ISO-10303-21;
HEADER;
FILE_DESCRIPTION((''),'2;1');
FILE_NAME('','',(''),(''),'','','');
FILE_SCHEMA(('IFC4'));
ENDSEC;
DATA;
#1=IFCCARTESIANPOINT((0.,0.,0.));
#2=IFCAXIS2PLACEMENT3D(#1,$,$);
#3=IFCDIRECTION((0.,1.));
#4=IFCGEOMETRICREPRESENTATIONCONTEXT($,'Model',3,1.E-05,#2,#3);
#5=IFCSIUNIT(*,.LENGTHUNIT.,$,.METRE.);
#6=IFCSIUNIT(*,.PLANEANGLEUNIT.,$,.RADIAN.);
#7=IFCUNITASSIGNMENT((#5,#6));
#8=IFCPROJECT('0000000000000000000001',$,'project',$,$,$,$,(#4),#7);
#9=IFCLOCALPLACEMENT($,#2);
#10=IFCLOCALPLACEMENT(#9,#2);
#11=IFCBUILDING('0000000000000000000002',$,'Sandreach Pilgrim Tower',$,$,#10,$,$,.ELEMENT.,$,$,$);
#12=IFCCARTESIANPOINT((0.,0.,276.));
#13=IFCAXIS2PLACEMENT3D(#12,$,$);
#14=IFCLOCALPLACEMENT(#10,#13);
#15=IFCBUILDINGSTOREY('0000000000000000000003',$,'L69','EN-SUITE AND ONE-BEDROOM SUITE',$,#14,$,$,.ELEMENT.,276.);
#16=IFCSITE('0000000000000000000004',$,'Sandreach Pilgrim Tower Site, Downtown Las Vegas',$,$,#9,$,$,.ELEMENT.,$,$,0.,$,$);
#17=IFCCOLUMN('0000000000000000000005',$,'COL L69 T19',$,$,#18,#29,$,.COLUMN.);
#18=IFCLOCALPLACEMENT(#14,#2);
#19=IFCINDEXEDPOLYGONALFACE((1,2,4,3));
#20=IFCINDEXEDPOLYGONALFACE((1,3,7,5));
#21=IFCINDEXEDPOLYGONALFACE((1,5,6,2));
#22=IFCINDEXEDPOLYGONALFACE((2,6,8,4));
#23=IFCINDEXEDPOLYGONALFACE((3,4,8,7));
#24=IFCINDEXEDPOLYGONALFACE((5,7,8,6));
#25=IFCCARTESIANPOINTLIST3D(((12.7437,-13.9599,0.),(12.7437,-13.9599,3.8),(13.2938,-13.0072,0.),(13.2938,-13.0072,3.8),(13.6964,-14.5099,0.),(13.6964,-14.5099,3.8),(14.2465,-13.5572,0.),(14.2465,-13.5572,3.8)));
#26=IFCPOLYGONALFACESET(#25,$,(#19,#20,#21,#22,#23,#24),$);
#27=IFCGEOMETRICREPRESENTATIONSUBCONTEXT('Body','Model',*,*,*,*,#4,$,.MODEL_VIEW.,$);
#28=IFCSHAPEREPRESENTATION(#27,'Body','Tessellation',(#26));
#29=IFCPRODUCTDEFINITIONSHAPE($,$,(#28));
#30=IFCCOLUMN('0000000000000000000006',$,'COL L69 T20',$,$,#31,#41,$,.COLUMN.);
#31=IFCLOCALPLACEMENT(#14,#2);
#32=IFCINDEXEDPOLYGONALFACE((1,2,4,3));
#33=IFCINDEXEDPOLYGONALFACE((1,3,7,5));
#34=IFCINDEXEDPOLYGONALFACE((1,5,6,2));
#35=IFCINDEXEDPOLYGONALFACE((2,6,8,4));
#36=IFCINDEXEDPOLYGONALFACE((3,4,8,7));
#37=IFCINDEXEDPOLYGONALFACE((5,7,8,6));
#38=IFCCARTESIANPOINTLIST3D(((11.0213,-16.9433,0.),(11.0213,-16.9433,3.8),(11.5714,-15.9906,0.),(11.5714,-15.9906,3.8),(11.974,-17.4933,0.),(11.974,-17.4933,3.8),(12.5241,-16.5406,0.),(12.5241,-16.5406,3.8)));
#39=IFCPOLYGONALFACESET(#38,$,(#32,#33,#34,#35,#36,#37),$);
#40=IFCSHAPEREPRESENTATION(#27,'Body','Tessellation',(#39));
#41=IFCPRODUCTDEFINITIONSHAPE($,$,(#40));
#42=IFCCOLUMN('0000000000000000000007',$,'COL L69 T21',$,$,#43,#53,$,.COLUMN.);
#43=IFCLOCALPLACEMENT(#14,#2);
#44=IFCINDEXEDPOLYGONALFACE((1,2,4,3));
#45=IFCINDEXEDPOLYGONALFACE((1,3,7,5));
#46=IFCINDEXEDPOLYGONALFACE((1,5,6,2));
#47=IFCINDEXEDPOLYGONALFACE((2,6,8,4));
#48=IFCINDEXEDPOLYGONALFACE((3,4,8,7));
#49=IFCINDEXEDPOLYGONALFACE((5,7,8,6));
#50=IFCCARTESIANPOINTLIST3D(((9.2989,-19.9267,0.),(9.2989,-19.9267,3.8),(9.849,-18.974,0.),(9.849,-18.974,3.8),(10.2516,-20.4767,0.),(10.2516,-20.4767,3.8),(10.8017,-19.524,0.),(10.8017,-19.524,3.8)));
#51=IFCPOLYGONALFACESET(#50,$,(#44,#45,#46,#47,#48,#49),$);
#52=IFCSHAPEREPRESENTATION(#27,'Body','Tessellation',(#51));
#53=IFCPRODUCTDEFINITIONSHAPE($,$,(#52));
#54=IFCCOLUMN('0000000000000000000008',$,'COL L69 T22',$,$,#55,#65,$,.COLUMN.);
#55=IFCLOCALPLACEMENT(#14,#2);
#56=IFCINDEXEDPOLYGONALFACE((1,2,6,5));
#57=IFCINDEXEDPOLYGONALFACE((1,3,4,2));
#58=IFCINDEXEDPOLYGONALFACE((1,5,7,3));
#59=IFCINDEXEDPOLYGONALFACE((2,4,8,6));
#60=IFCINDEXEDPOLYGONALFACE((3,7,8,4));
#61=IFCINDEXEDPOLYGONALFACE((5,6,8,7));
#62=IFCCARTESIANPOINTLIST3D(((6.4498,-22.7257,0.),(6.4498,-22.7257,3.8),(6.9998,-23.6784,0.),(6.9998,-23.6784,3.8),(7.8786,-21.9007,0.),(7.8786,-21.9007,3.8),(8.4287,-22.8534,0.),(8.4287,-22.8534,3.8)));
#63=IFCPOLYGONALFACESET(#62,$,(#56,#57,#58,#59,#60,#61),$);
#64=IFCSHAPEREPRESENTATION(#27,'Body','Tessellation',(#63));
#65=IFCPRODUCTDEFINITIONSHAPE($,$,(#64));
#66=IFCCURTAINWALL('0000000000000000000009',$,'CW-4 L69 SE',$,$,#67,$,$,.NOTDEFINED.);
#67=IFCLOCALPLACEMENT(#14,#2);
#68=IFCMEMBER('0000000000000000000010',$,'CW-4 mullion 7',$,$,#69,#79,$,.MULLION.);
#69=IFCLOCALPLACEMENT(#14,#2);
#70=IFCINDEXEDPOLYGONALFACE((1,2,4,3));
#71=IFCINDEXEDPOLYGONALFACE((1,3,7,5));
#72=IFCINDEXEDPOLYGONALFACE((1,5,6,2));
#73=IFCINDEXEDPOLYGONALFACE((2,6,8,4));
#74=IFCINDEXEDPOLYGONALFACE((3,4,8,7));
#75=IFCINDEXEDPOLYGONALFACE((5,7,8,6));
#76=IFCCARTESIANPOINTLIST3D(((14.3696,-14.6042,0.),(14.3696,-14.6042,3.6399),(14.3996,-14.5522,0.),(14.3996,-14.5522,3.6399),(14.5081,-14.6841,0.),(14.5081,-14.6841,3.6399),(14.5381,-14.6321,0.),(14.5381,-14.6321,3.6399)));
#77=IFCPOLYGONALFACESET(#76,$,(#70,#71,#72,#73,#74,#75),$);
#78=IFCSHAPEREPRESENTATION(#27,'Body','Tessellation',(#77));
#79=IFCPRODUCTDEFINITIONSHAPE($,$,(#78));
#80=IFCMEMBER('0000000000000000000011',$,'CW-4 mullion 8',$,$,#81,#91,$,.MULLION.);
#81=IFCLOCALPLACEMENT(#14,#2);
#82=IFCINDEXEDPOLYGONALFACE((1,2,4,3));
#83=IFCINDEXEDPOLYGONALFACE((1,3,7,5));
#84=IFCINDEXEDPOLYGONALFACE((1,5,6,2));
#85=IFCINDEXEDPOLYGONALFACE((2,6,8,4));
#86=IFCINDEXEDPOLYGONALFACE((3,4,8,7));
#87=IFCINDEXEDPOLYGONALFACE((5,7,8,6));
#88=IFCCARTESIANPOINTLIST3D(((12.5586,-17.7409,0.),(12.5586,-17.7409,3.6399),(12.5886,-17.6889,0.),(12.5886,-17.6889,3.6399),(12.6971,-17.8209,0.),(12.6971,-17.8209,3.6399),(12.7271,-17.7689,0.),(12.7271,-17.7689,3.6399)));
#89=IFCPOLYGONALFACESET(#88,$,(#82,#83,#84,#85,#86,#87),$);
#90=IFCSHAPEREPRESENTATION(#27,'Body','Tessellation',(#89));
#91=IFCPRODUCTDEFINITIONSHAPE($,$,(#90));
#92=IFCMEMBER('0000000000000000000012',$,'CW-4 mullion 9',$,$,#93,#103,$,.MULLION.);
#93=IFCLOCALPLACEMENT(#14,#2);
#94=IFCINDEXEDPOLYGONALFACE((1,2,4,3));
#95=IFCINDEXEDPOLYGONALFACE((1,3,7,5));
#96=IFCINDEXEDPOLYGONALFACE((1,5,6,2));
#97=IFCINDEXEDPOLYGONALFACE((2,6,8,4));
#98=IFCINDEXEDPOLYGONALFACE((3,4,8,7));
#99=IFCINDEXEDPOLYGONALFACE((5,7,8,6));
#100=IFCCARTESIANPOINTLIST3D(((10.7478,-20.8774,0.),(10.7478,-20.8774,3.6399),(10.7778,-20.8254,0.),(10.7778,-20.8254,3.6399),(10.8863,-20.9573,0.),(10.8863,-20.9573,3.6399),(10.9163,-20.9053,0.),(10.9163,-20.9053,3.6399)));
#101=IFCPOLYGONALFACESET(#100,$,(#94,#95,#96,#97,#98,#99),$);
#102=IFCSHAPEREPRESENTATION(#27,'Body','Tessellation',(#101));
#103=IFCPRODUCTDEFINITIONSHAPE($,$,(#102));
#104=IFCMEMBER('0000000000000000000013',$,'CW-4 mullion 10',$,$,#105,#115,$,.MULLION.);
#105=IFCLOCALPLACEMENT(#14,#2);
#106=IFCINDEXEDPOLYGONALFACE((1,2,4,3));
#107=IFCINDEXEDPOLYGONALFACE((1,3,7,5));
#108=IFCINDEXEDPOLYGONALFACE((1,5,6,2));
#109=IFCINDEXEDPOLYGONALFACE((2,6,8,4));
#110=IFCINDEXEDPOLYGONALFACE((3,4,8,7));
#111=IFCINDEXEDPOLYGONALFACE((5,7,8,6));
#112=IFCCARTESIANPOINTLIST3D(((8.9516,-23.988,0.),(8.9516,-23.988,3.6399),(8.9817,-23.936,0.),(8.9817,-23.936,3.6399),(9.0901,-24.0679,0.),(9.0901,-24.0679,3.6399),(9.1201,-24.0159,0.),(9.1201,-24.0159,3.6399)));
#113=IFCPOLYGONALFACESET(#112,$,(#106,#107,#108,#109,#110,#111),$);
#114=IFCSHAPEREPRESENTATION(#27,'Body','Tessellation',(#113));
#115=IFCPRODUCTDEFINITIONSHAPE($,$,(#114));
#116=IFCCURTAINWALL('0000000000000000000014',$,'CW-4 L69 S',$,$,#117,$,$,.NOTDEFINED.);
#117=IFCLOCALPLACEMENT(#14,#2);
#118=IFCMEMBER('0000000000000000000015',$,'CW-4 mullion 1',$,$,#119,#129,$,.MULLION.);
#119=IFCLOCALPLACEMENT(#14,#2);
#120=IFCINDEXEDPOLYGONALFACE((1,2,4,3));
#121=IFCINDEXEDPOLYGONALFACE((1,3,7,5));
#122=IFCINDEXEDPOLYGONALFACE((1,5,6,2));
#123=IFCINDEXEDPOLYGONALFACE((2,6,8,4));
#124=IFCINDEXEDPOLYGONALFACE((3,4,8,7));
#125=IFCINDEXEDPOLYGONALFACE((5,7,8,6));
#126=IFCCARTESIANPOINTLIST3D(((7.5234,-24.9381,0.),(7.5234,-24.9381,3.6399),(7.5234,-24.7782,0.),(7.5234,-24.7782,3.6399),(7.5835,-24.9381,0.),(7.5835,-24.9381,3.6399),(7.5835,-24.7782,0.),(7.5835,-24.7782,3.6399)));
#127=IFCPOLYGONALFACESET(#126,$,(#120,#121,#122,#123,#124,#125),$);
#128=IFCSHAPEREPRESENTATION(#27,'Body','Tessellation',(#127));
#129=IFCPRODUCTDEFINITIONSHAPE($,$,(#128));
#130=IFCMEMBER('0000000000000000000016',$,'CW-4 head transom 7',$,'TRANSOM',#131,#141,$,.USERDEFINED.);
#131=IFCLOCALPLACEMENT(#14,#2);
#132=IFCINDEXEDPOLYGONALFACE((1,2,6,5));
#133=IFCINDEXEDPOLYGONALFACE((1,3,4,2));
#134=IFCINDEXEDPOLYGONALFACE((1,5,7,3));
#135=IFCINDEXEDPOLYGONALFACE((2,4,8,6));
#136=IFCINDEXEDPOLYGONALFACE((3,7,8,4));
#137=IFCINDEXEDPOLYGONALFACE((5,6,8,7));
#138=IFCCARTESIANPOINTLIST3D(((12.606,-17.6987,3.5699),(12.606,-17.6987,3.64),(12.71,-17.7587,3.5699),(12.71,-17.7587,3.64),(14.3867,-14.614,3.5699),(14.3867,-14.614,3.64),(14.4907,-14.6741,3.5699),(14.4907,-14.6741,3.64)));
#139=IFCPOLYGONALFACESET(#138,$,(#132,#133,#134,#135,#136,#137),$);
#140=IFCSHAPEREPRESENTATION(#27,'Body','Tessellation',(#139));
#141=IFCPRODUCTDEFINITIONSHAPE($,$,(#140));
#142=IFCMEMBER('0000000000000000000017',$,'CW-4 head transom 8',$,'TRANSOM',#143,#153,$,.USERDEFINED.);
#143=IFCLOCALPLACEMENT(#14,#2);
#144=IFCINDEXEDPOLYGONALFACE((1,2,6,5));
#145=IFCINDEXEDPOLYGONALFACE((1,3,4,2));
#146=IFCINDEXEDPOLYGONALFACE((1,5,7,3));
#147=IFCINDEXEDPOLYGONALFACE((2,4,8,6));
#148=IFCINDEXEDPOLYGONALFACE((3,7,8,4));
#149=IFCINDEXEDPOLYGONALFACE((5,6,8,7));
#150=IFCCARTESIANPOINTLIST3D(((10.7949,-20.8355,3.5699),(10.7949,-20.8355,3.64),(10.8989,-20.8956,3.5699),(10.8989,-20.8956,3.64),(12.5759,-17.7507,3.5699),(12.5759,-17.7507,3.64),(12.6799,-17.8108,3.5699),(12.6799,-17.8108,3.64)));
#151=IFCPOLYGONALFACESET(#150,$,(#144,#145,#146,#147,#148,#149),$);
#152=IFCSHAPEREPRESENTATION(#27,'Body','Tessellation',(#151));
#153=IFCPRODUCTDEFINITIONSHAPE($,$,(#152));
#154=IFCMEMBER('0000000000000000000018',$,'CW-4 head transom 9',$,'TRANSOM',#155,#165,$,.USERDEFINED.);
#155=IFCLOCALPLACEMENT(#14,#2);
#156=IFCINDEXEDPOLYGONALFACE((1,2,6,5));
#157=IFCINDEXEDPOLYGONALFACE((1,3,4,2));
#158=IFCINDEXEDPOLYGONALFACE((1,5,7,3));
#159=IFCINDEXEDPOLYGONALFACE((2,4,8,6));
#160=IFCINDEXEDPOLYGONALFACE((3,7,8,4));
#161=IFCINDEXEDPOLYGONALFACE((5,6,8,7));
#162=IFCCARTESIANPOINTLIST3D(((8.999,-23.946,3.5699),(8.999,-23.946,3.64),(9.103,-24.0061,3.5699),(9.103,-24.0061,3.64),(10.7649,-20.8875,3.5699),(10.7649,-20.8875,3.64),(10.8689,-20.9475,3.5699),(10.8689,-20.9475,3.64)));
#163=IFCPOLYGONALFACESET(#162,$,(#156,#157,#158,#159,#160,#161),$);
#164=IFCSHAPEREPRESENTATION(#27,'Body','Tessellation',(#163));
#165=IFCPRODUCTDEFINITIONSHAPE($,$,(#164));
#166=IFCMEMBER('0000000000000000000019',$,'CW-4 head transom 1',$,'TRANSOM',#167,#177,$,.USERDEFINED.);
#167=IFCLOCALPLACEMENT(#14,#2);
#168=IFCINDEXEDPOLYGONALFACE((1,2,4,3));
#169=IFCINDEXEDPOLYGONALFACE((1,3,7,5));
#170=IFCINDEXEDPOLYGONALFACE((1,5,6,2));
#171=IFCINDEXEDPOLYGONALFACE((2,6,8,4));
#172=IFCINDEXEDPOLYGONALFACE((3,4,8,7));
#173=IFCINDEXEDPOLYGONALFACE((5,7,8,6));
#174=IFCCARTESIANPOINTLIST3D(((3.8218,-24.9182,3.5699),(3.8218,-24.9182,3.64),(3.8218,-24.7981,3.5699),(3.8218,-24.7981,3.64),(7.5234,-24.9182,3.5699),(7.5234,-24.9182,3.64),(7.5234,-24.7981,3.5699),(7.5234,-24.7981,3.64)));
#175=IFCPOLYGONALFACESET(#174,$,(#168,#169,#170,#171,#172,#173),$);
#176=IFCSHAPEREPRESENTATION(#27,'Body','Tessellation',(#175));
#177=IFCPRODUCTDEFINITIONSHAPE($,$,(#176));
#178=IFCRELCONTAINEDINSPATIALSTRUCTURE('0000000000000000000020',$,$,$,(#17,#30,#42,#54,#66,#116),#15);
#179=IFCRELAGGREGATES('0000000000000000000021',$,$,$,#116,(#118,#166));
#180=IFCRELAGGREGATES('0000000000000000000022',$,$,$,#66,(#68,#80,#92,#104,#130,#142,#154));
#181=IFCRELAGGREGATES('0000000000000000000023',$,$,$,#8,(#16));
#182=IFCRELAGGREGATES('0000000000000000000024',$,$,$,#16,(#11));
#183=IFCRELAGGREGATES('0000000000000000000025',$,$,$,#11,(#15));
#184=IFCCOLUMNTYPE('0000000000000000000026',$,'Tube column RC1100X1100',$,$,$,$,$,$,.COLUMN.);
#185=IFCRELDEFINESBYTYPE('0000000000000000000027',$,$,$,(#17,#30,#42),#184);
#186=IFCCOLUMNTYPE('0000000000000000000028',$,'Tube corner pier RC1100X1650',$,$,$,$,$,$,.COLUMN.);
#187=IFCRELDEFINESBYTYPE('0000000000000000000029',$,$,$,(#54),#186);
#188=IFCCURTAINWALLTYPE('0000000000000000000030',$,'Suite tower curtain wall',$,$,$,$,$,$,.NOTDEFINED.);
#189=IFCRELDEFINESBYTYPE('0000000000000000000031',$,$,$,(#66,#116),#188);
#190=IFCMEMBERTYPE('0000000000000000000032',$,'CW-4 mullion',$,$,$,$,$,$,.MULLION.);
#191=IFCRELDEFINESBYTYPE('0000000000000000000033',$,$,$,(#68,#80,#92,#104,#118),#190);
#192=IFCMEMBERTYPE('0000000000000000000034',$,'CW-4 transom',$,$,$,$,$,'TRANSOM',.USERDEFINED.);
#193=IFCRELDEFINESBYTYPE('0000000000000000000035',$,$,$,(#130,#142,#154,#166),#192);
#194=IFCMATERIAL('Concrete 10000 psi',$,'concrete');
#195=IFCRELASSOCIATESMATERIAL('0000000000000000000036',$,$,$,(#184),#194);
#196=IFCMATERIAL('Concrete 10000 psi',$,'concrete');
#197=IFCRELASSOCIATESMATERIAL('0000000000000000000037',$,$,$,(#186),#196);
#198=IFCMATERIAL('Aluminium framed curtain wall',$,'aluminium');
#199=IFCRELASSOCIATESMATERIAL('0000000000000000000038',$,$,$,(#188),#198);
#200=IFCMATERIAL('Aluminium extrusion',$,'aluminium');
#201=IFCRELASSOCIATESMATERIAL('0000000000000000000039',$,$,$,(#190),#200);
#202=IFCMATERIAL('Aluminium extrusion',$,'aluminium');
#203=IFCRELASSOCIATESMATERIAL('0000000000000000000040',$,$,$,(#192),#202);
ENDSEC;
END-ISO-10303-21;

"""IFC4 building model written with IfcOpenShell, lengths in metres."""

from ifc_helpers import new_model, si_unit, direction, frame, origin, origin_2d, place, context, subcontext, project, spatial, rectangle, extrude, material, material_profile, profile_set, type_object, element, aggregate, save


model = new_model("IFC4")

# Units and contexts
model_context = context("Model", 3, precision=1e-05, world=origin(), true_north=direction((0.0, 1.0)))
body_context = subcontext(model_context, "Body", "Model", "MODEL_VIEW")
ifc_project = project(units=[si_unit("LENGTHUNIT", "METRE"), si_unit("PLANEANGLEUNIT", "RADIAN")], contexts=[model_context])

# Site, building, storey
site_placement = place(None, origin())
site = spatial("IfcSite", under=ifc_project, at=site_placement, Name="Sandreach Pilgrim Tower Site, Downtown Las Vegas", CompositionType="ELEMENT", RefElevation=0.0)
building_placement = place(site_placement, origin())
building = spatial("IfcBuilding", under=site, at=building_placement, Name="Sandreach Pilgrim Tower", CompositionType="ELEMENT")
storey_placement = place(building_placement, frame((0.0, 0.0, 276.0)))
storey = spatial("IfcBuildingStorey", under=building, at=storey_placement, Name="L69", Description="EN-SUITE AND ONE-BEDROOM SUITE", CompositionType="ELEMENT", Elevation=276.0)

# Columns
ifc_material_1 = material(Name="Concrete 10000 psi", Category="concrete")
ifc_material_profile_1 = material_profile(ifc_material_1, rectangle(XDim=1.1001, YDim=1.1001, at=origin_2d()), Name="RC1100X1100")
ifc_profile_set_1 = profile_set([ifc_material_profile_1], Name="Concrete 10000 psi")
column_type_1 = type_object("IfcColumnType", Name="Tube column RC1100X1100", PredefinedType="COLUMN", material=ifc_profile_set_1)
for number, where, z_axis, x_axis, name in (
    (1, (13.4951, -13.7585, 0.0), (0.0, 0.0, 1.0), (0.866025, -0.5, 0.0), "COL L69 T19"),
    (2, (11.7727, -16.7419, 0.0), (0.0, 0.0, 1.0), (0.866025, -0.5, 0.0), "COL L69 T20"),
    (3, (10.0503, -19.7253, 0.0), (0.0, 0.0, 1.0), (0.866025, -0.5, 0.0), "COL L69 T21"),
):
    element("IfcColumn", number, at=place(storey_placement, frame(where, z_axis=z_axis, x_axis=x_axis)), inside=storey, type_object=column_type_1, Name=name, PredefinedType="COLUMN", context=body_context, shape_type="SweptSolid", body=[
        extrude(rectangle(XDim=1.1001, YDim=1.1001, at=origin_2d()), origin(), (0.0, 0.0, 1.0), 3.8),
    ])
ifc_material_2 = material(Name="Concrete 10000 psi", Category="concrete")
ifc_material_profile_2 = material_profile(ifc_material_2, rectangle(XDim=1.1001, YDim=1.6499, at=origin_2d()), Name="RC1100X1650")
ifc_profile_set_2 = profile_set([ifc_material_profile_2], Name="Concrete 10000 psi")
column_type_2 = type_object("IfcColumnType", Name="Tube corner pier RC1100X1650", PredefinedType="COLUMN", material=ifc_profile_set_2)
column_placement = place(storey_placement, frame((7.4392, -22.7896, 0.0), z_axis=(0.0, 0.0, 1.0), x_axis=(0.5, -0.866025, 0.0)))
element("IfcColumn", 4, at=column_placement, inside=storey, type_object=column_type_2, Name="COL L69 T22", PredefinedType="COLUMN", context=body_context, shape_type="SweptSolid", body=[
    extrude(rectangle(XDim=1.1001, YDim=1.6499, at=origin_2d()), origin(), (0.0, 0.0, 1.0), 3.8),
])

# Curtain wall, members
ifc_material_3 = material(Name="Aluminium framed curtain wall", Category="aluminium")
curtain_wall_type = type_object("IfcCurtainWallType", Name="Suite tower curtain wall", PredefinedType="NOTDEFINED", material=ifc_material_3)
curtain_wall_1_placement = place(storey_placement, origin())
curtain_wall_1 = element("IfcCurtainWall", 5, at=curtain_wall_1_placement, inside=storey, type_object=curtain_wall_type, Name="CW-4 L69 SE", PredefinedType="NOTDEFINED")
ifc_material_4 = material(Name="Aluminium extrusion", Category="aluminium")
ifc_material_profile_3 = material_profile(ifc_material_4, rectangle(XDim=0.0601, YDim=0.1599, at=origin_2d()), Name="CW-4M 60X160")
ifc_profile_set_3 = profile_set([ifc_material_profile_3], Name="Aluminium extrusion")
member_type_1 = type_object("IfcMemberType", Name="CW-4 mullion", PredefinedType="MULLION", material=ifc_profile_set_3)
member_1_placement = place(storey_placement, frame((14.4539, -14.6182, 0.0), z_axis=(0.0, 0.0, 1.0), x_axis=(-0.5, -0.866025, 0.0)))
member_1 = element("IfcMember", 6, at=member_1_placement, type_object=member_type_1, Name="CW-4 mullion 7", PredefinedType="MULLION", context=body_context, shape_type="SweptSolid", body=[
    extrude(rectangle(XDim=0.0601, YDim=0.1599, at=origin_2d()), origin(), (0.0, 0.0, 1.0), 3.6399),
])
member_2_placement = place(storey_placement, frame((12.6428, -17.7549, 0.0), z_axis=(0.0, 0.0, 1.0), x_axis=(-0.5, -0.866025, 0.0)))
member_2 = element("IfcMember", 7, at=member_2_placement, type_object=member_type_1, Name="CW-4 mullion 8", PredefinedType="MULLION", context=body_context, shape_type="SweptSolid", body=[
    extrude(rectangle(XDim=0.0601, YDim=0.1599, at=origin_2d()), origin(), (0.0, 0.0, 1.0), 3.6399),
])
member_3_placement = place(storey_placement, frame((10.832, -20.8914, 0.0), z_axis=(0.0, 0.0, 1.0), x_axis=(-0.5, -0.866025, 0.0)))
member_3 = element("IfcMember", 8, at=member_3_placement, type_object=member_type_1, Name="CW-4 mullion 9", PredefinedType="MULLION", context=body_context, shape_type="SweptSolid", body=[
    extrude(rectangle(XDim=0.0601, YDim=0.1599, at=origin_2d()), origin(), (0.0, 0.0, 1.0), 3.6399),
])
member_4_placement = place(storey_placement, frame((9.0359, -24.002, 0.0), z_axis=(0.0, 0.0, 1.0), x_axis=(-0.5, -0.866025, 0.0)))
member_4 = element("IfcMember", 9, at=member_4_placement, type_object=member_type_1, Name="CW-4 mullion 10", PredefinedType="MULLION", context=body_context, shape_type="SweptSolid", body=[
    extrude(rectangle(XDim=0.0601, YDim=0.1599, at=origin_2d()), origin(), (0.0, 0.0, 1.0), 3.6399),
])

# Curtain wall, member
curtain_wall_2_placement = place(storey_placement, origin())
curtain_wall_2 = element("IfcCurtainWall", 10, at=curtain_wall_2_placement, inside=storey, type_object=curtain_wall_type, Name="CW-4 L69 S", PredefinedType="NOTDEFINED")
member_5_placement = place(storey_placement, frame((7.5535, -24.8582, 0.0), z_axis=(0.0, 0.0, 1.0), x_axis=(-1.0, 0.0, 0.0)))
member_5 = element("IfcMember", 11, at=member_5_placement, type_object=member_type_1, Name="CW-4 mullion 1", PredefinedType="MULLION", context=body_context, shape_type="SweptSolid", body=[
    extrude(rectangle(XDim=0.0601, YDim=0.1599, at=origin_2d()), origin(), (0.0, 0.0, 1.0), 3.6399),
])

# Members
ifc_material_5 = material(Name="Aluminium extrusion", Category="aluminium")
ifc_material_profile_4 = material_profile(ifc_material_5, rectangle(XDim=0.1201, YDim=0.0701, at=origin_2d()), Name="CW-4T 120X70")
ifc_profile_set_4 = profile_set([ifc_material_profile_4], Name="Aluminium extrusion")
member_type_2 = type_object("IfcMemberType", Name="CW-4 transom", ElementType="TRANSOM", PredefinedType="USERDEFINED", material=ifc_profile_set_4)
member_6_placement = place(storey_placement, frame((14.4387, -14.644, 3.605), z_axis=(-0.499958, -0.86605, 0.0), x_axis=(0.86605, -0.499958, 0.0)))
member_6 = element("IfcMember", 12, at=member_6_placement, type_object=member_type_2, Name="CW-4 head transom 7", ObjectType="TRANSOM", PredefinedType="USERDEFINED", context=body_context, shape_type="SweptSolid", body=[
    extrude(rectangle(XDim=0.1201, YDim=0.0701, at=origin_2d()), origin(), (0.0, 0.0, 1.0), 3.5618),
])
member_7_placement = place(storey_placement, frame((12.6279, -17.7808, 3.605), z_axis=(-0.500009, -0.86602, 0.0), x_axis=(0.86602, -0.500009, 0.0)))
member_7 = element("IfcMember", 13, at=member_7_placement, type_object=member_type_2, Name="CW-4 head transom 8", ObjectType="TRANSOM", PredefinedType="USERDEFINED", context=body_context, shape_type="SweptSolid", body=[
    extrude(rectangle(XDim=0.1201, YDim=0.0701, at=origin_2d()), origin(), (0.0, 0.0, 1.0), 3.562),
])
member_8_placement = place(storey_placement, frame((10.8169, -20.9175, 3.605), z_axis=(-0.499998, -0.866027, 0.0), x_axis=(0.866027, -0.499998, 0.0)))
member_8 = element("IfcMember", 14, at=member_8_placement, type_object=member_type_2, Name="CW-4 head transom 9", ObjectType="TRANSOM", PredefinedType="USERDEFINED", context=body_context, shape_type="SweptSolid", body=[
    extrude(rectangle(XDim=0.1201, YDim=0.0701, at=origin_2d()), origin(), (0.0, 0.0, 1.0), 3.5317),
])
member_9_placement = place(storey_placement, frame((7.5234, -24.8582, 3.605), z_axis=(-1.0, 0.0, 0.0), x_axis=(0.0, -1.0, 0.0)))
member_9 = element("IfcMember", 15, at=member_9_placement, type_object=member_type_2, Name="CW-4 head transom 1", ObjectType="TRANSOM", PredefinedType="USERDEFINED", context=body_context, shape_type="SweptSolid", body=[
    extrude(rectangle(XDim=0.1201, YDim=0.0701, at=origin_2d()), origin(), (0.0, 0.0, 1.0), 3.7017),
])
aggregate(curtain_wall_2, [member_5, member_9])

aggregate(curtain_wall_1, [member_1, member_2, member_3, member_4, member_6, member_7, member_8])

save(model, "model.ifc")
